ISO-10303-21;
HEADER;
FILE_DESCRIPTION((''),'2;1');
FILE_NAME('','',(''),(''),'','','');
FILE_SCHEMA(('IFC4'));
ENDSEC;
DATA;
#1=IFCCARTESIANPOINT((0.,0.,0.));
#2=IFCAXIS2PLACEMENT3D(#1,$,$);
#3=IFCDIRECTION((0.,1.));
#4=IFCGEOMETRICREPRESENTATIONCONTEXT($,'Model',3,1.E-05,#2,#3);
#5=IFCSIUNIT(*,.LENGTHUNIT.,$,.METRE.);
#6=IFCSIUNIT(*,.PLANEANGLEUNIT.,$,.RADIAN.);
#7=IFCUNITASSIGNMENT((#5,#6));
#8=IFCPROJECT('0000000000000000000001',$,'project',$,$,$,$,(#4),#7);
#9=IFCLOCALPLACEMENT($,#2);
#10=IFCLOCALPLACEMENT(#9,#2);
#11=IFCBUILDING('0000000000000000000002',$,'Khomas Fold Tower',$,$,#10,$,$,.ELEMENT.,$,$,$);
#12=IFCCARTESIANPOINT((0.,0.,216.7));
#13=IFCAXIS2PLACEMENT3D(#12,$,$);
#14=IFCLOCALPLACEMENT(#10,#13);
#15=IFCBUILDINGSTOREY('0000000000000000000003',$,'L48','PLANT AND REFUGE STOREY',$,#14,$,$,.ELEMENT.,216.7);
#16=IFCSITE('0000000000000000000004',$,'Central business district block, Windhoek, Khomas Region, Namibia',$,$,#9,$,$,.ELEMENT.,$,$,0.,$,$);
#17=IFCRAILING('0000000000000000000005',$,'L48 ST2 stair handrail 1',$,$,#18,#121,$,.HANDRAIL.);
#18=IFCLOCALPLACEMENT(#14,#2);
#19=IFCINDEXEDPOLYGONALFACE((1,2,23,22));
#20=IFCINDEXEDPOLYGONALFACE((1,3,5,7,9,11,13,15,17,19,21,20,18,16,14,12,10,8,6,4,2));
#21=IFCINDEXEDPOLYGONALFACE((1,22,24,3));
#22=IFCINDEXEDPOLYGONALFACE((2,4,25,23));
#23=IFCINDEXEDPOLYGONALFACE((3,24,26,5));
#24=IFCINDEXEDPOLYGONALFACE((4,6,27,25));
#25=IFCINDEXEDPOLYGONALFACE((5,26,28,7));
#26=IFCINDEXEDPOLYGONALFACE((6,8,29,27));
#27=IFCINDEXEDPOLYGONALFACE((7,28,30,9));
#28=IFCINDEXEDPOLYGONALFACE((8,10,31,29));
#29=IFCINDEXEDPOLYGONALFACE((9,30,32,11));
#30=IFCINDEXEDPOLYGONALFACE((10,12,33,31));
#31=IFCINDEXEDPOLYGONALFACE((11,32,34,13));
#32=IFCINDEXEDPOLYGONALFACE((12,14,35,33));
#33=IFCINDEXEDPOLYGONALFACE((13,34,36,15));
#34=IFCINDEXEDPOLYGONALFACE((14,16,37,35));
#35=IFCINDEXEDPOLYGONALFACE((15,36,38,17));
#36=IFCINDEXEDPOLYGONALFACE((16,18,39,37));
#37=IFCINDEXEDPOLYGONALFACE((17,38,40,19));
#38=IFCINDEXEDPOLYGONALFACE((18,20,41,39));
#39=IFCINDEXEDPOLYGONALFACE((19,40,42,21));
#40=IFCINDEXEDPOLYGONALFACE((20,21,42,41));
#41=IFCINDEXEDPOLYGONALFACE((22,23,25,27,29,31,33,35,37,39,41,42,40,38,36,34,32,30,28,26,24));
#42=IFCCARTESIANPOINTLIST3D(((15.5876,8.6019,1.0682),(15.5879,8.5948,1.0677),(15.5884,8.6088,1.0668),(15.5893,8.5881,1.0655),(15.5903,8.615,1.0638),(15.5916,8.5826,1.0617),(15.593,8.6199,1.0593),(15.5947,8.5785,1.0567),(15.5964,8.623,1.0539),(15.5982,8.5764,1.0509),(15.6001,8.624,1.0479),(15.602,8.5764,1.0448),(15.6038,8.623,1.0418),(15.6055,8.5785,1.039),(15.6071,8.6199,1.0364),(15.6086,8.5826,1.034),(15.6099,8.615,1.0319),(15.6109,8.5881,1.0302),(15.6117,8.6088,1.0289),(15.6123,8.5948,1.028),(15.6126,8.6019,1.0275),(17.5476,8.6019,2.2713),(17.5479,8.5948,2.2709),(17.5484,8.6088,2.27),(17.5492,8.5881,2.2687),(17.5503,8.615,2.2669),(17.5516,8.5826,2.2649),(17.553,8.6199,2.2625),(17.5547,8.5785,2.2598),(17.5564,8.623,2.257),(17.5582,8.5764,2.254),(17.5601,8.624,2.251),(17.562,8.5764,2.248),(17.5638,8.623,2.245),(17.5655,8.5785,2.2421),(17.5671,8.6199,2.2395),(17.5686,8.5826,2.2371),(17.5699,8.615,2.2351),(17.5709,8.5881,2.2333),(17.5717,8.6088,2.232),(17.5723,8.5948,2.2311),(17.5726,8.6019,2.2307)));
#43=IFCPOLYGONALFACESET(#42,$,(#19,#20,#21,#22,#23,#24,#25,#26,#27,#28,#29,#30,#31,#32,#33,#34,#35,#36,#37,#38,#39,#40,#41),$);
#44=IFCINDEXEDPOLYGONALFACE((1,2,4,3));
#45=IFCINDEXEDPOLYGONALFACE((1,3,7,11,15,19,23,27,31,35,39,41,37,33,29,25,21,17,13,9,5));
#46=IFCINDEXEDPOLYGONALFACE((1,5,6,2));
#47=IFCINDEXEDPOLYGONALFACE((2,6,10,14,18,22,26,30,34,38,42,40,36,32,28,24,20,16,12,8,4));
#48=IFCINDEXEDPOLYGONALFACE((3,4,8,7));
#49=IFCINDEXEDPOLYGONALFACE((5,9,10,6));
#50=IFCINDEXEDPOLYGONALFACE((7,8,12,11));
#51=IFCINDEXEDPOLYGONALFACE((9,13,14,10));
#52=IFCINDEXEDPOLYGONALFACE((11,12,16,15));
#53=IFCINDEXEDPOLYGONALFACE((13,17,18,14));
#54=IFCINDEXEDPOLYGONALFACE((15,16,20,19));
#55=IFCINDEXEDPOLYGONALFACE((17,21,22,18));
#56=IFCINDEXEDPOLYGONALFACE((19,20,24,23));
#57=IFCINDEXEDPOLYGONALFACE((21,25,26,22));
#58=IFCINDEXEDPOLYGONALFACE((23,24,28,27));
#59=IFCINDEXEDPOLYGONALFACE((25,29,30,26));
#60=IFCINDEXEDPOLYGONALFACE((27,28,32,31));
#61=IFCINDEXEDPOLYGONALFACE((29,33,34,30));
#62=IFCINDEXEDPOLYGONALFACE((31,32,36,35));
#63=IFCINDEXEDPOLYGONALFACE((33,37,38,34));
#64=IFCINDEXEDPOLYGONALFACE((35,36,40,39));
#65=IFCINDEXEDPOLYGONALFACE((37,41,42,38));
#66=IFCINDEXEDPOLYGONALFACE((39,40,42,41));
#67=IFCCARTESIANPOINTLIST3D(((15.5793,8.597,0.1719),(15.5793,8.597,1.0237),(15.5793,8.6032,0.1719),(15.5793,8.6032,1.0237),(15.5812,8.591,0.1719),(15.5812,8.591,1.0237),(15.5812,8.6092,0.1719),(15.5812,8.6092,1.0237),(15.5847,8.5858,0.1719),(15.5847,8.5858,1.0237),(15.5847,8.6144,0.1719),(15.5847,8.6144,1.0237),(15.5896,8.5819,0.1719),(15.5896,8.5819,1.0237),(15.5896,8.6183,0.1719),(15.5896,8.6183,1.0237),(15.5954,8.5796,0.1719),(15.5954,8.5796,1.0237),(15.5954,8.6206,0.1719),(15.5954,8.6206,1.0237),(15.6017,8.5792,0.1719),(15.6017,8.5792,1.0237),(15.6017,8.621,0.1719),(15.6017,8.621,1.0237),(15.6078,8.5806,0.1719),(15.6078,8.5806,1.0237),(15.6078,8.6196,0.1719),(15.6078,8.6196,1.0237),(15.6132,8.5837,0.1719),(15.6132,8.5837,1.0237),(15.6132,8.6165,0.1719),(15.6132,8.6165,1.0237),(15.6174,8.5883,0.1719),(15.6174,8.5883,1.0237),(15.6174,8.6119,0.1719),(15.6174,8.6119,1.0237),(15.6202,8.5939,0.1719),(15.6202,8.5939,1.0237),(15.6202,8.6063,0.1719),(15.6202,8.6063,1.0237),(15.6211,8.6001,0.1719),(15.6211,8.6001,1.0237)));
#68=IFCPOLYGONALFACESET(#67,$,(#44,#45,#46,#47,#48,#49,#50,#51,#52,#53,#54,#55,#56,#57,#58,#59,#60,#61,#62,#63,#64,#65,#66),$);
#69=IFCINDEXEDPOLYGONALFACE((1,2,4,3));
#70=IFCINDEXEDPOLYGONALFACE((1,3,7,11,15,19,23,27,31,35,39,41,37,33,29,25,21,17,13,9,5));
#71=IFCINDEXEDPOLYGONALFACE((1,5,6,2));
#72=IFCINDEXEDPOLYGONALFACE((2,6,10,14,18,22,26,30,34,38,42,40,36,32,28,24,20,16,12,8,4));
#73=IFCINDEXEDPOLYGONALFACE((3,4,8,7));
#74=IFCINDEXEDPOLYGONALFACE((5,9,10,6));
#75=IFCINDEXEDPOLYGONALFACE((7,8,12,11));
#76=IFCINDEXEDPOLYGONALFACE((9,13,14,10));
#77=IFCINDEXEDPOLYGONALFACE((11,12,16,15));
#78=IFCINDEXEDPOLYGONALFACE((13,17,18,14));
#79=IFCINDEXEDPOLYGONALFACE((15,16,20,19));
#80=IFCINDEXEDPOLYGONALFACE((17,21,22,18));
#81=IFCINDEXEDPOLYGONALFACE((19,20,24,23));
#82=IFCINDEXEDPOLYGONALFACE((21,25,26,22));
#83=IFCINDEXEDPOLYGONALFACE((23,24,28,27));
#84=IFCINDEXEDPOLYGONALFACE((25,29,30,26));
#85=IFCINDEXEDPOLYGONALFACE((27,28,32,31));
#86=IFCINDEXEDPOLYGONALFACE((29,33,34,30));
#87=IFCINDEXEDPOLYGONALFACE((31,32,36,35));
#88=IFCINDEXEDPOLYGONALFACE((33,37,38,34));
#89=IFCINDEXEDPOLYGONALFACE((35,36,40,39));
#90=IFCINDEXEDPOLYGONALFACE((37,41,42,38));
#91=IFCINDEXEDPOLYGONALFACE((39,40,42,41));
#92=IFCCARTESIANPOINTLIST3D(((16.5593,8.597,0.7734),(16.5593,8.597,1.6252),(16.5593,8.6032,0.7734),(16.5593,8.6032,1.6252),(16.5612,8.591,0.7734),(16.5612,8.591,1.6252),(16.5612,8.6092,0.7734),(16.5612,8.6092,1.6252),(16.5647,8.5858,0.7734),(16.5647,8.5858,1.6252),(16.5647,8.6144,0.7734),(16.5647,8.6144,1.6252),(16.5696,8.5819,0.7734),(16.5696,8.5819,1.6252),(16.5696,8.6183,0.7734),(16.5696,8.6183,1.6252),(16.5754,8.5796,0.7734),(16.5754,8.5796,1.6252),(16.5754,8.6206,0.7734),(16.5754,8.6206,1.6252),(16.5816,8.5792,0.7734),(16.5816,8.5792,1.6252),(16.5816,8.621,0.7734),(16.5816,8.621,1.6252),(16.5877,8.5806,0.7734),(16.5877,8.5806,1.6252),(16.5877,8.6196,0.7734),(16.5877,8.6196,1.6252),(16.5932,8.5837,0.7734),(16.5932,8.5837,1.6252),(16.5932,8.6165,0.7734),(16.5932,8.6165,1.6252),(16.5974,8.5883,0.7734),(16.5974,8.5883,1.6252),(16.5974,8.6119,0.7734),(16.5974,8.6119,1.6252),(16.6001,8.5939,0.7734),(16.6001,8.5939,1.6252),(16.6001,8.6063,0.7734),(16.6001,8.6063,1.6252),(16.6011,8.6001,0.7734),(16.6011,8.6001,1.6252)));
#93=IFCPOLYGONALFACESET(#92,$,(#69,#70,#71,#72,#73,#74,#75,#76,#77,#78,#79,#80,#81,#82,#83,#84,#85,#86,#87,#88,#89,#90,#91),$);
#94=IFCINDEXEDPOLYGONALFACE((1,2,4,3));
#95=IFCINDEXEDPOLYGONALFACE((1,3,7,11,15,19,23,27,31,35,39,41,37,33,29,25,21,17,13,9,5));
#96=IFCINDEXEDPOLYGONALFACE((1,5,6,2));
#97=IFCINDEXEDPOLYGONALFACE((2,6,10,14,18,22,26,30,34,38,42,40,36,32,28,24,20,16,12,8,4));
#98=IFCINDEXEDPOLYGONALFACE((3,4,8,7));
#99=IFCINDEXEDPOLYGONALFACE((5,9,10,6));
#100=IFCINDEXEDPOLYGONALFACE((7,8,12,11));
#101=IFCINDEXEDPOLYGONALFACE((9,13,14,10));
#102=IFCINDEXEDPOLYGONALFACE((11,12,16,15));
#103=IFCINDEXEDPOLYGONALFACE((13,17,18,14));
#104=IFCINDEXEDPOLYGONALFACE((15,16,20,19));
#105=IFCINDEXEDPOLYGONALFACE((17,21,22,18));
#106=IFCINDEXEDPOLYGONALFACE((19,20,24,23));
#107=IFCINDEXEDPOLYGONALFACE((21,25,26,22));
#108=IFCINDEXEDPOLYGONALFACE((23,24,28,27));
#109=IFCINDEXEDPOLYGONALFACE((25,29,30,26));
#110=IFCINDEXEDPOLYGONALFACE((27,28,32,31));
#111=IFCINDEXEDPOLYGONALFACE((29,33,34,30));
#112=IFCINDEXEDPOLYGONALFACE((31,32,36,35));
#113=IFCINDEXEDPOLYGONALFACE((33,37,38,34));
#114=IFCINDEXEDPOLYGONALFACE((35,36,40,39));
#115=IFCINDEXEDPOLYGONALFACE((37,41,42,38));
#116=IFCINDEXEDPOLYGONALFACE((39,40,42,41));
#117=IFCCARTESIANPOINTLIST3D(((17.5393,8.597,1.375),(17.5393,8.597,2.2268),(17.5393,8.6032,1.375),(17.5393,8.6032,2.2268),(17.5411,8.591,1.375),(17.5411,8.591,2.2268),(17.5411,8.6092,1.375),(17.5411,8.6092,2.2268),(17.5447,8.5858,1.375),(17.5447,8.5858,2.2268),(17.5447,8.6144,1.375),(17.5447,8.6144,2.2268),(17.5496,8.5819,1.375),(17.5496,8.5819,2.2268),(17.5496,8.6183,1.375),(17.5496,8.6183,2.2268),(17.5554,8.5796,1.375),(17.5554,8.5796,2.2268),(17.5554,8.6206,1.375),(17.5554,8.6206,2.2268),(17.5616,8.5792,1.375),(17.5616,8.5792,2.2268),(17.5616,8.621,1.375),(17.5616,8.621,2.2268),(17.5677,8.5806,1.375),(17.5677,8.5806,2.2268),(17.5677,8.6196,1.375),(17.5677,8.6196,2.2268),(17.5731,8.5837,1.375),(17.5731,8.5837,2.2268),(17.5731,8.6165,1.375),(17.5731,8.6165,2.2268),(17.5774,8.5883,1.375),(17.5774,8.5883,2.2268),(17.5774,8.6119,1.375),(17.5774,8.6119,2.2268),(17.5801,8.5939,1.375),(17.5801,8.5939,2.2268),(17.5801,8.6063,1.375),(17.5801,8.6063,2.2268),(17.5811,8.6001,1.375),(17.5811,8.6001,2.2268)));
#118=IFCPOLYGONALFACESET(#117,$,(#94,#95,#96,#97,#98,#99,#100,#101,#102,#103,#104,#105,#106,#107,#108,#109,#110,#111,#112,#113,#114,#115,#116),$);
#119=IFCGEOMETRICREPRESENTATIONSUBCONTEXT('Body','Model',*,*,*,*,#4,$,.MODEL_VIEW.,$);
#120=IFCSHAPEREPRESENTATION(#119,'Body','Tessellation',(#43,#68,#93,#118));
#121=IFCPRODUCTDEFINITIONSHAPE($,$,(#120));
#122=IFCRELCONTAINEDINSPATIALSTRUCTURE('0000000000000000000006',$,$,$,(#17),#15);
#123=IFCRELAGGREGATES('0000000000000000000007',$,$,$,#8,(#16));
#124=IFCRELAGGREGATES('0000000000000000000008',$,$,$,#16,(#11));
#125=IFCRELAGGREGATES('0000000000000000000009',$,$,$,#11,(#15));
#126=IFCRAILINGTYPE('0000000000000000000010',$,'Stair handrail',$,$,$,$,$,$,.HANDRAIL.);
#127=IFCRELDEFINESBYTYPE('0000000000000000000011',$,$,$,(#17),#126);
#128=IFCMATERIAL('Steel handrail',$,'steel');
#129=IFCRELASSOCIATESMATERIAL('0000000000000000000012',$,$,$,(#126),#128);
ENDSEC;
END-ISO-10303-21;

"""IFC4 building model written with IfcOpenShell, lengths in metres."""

from ifc_helpers import new_model, si_unit, direction, frame, origin, origin_2d, place, context, subcontext, project, spatial, circle, extrude, source, transform, mapped, material, type_object, element, save


model = new_model("IFC4")

# Units and contexts
model_context = context("Model", 3, precision=1e-05, world=origin(), true_north=direction((0.0, 1.0)))
body_context = subcontext(model_context, "Body", "Model", "MODEL_VIEW")
ifc_project = project(units=[si_unit("LENGTHUNIT", "METRE"), si_unit("PLANEANGLEUNIT", "RADIAN")], contexts=[model_context])

# Site, building, storey
site_placement = place(None, origin())
site = spatial("IfcSite", under=ifc_project, at=site_placement, Name="Central business district block, Windhoek, Khomas Region, Namibia", CompositionType="ELEMENT", RefElevation=0.0)
building_placement = place(site_placement, origin())
building = spatial("IfcBuilding", under=site, at=building_placement, Name="Khomas Fold Tower", CompositionType="ELEMENT")
storey_placement = place(building_placement, frame((0.0, 0.0, 216.7)))
storey = spatial("IfcBuildingStorey", under=building, at=storey_placement, Name="L48", Description="PLANT AND REFUGE STOREY", CompositionType="ELEMENT", Elevation=216.7)

# Railing
ifc_material_1 = material(Name="Steel handrail", Category="steel")
railing_type = type_object("IfcRailingType", Name="Stair handrail", PredefinedType="HANDRAIL", material=ifc_material_1)
shared_shape_1 = source(origin(), body_context, "Body", "SweptSolid", [
    extrude(circle(Radius=0.0239, at=origin_2d()), frame((0.0, 0.0, 0.876), z_axis=(0.852241, 0.0, 0.523149), x_axis=(0.0, 1.0, 0.0)), (0.0, 0.0, 1.0), 2.2998),
    extrude(circle(Radius=0.021, at=origin_2d()), origin(), (0.0, 0.0, 1.0), 0.8518),
    extrude(circle(Radius=0.021, at=origin_2d()), frame((0.98, 0.0, 0.6016)), (0.0, 0.0, 1.0), 0.8518),
    extrude(circle(Radius=0.021, at=origin_2d()), frame((1.96, 0.0, 1.2031)), (0.0, 0.0, 1.0), 0.8518),
])
for number, where, name in (
    (1, (15.6001, 8.6001, 0.1719), "L48 ST2 stair handrail 1"),
):
    element("IfcRailing", number, at=place(storey_placement, frame(where)), inside=storey, type_object=railing_type, Name=name, PredefinedType="HANDRAIL", context=body_context, shape_type="MappedRepresentation", body=[
        mapped(shared_shape_1, transform((0.0, 0.0, 0.0))),
    ])

save(model, "model.ifc")
